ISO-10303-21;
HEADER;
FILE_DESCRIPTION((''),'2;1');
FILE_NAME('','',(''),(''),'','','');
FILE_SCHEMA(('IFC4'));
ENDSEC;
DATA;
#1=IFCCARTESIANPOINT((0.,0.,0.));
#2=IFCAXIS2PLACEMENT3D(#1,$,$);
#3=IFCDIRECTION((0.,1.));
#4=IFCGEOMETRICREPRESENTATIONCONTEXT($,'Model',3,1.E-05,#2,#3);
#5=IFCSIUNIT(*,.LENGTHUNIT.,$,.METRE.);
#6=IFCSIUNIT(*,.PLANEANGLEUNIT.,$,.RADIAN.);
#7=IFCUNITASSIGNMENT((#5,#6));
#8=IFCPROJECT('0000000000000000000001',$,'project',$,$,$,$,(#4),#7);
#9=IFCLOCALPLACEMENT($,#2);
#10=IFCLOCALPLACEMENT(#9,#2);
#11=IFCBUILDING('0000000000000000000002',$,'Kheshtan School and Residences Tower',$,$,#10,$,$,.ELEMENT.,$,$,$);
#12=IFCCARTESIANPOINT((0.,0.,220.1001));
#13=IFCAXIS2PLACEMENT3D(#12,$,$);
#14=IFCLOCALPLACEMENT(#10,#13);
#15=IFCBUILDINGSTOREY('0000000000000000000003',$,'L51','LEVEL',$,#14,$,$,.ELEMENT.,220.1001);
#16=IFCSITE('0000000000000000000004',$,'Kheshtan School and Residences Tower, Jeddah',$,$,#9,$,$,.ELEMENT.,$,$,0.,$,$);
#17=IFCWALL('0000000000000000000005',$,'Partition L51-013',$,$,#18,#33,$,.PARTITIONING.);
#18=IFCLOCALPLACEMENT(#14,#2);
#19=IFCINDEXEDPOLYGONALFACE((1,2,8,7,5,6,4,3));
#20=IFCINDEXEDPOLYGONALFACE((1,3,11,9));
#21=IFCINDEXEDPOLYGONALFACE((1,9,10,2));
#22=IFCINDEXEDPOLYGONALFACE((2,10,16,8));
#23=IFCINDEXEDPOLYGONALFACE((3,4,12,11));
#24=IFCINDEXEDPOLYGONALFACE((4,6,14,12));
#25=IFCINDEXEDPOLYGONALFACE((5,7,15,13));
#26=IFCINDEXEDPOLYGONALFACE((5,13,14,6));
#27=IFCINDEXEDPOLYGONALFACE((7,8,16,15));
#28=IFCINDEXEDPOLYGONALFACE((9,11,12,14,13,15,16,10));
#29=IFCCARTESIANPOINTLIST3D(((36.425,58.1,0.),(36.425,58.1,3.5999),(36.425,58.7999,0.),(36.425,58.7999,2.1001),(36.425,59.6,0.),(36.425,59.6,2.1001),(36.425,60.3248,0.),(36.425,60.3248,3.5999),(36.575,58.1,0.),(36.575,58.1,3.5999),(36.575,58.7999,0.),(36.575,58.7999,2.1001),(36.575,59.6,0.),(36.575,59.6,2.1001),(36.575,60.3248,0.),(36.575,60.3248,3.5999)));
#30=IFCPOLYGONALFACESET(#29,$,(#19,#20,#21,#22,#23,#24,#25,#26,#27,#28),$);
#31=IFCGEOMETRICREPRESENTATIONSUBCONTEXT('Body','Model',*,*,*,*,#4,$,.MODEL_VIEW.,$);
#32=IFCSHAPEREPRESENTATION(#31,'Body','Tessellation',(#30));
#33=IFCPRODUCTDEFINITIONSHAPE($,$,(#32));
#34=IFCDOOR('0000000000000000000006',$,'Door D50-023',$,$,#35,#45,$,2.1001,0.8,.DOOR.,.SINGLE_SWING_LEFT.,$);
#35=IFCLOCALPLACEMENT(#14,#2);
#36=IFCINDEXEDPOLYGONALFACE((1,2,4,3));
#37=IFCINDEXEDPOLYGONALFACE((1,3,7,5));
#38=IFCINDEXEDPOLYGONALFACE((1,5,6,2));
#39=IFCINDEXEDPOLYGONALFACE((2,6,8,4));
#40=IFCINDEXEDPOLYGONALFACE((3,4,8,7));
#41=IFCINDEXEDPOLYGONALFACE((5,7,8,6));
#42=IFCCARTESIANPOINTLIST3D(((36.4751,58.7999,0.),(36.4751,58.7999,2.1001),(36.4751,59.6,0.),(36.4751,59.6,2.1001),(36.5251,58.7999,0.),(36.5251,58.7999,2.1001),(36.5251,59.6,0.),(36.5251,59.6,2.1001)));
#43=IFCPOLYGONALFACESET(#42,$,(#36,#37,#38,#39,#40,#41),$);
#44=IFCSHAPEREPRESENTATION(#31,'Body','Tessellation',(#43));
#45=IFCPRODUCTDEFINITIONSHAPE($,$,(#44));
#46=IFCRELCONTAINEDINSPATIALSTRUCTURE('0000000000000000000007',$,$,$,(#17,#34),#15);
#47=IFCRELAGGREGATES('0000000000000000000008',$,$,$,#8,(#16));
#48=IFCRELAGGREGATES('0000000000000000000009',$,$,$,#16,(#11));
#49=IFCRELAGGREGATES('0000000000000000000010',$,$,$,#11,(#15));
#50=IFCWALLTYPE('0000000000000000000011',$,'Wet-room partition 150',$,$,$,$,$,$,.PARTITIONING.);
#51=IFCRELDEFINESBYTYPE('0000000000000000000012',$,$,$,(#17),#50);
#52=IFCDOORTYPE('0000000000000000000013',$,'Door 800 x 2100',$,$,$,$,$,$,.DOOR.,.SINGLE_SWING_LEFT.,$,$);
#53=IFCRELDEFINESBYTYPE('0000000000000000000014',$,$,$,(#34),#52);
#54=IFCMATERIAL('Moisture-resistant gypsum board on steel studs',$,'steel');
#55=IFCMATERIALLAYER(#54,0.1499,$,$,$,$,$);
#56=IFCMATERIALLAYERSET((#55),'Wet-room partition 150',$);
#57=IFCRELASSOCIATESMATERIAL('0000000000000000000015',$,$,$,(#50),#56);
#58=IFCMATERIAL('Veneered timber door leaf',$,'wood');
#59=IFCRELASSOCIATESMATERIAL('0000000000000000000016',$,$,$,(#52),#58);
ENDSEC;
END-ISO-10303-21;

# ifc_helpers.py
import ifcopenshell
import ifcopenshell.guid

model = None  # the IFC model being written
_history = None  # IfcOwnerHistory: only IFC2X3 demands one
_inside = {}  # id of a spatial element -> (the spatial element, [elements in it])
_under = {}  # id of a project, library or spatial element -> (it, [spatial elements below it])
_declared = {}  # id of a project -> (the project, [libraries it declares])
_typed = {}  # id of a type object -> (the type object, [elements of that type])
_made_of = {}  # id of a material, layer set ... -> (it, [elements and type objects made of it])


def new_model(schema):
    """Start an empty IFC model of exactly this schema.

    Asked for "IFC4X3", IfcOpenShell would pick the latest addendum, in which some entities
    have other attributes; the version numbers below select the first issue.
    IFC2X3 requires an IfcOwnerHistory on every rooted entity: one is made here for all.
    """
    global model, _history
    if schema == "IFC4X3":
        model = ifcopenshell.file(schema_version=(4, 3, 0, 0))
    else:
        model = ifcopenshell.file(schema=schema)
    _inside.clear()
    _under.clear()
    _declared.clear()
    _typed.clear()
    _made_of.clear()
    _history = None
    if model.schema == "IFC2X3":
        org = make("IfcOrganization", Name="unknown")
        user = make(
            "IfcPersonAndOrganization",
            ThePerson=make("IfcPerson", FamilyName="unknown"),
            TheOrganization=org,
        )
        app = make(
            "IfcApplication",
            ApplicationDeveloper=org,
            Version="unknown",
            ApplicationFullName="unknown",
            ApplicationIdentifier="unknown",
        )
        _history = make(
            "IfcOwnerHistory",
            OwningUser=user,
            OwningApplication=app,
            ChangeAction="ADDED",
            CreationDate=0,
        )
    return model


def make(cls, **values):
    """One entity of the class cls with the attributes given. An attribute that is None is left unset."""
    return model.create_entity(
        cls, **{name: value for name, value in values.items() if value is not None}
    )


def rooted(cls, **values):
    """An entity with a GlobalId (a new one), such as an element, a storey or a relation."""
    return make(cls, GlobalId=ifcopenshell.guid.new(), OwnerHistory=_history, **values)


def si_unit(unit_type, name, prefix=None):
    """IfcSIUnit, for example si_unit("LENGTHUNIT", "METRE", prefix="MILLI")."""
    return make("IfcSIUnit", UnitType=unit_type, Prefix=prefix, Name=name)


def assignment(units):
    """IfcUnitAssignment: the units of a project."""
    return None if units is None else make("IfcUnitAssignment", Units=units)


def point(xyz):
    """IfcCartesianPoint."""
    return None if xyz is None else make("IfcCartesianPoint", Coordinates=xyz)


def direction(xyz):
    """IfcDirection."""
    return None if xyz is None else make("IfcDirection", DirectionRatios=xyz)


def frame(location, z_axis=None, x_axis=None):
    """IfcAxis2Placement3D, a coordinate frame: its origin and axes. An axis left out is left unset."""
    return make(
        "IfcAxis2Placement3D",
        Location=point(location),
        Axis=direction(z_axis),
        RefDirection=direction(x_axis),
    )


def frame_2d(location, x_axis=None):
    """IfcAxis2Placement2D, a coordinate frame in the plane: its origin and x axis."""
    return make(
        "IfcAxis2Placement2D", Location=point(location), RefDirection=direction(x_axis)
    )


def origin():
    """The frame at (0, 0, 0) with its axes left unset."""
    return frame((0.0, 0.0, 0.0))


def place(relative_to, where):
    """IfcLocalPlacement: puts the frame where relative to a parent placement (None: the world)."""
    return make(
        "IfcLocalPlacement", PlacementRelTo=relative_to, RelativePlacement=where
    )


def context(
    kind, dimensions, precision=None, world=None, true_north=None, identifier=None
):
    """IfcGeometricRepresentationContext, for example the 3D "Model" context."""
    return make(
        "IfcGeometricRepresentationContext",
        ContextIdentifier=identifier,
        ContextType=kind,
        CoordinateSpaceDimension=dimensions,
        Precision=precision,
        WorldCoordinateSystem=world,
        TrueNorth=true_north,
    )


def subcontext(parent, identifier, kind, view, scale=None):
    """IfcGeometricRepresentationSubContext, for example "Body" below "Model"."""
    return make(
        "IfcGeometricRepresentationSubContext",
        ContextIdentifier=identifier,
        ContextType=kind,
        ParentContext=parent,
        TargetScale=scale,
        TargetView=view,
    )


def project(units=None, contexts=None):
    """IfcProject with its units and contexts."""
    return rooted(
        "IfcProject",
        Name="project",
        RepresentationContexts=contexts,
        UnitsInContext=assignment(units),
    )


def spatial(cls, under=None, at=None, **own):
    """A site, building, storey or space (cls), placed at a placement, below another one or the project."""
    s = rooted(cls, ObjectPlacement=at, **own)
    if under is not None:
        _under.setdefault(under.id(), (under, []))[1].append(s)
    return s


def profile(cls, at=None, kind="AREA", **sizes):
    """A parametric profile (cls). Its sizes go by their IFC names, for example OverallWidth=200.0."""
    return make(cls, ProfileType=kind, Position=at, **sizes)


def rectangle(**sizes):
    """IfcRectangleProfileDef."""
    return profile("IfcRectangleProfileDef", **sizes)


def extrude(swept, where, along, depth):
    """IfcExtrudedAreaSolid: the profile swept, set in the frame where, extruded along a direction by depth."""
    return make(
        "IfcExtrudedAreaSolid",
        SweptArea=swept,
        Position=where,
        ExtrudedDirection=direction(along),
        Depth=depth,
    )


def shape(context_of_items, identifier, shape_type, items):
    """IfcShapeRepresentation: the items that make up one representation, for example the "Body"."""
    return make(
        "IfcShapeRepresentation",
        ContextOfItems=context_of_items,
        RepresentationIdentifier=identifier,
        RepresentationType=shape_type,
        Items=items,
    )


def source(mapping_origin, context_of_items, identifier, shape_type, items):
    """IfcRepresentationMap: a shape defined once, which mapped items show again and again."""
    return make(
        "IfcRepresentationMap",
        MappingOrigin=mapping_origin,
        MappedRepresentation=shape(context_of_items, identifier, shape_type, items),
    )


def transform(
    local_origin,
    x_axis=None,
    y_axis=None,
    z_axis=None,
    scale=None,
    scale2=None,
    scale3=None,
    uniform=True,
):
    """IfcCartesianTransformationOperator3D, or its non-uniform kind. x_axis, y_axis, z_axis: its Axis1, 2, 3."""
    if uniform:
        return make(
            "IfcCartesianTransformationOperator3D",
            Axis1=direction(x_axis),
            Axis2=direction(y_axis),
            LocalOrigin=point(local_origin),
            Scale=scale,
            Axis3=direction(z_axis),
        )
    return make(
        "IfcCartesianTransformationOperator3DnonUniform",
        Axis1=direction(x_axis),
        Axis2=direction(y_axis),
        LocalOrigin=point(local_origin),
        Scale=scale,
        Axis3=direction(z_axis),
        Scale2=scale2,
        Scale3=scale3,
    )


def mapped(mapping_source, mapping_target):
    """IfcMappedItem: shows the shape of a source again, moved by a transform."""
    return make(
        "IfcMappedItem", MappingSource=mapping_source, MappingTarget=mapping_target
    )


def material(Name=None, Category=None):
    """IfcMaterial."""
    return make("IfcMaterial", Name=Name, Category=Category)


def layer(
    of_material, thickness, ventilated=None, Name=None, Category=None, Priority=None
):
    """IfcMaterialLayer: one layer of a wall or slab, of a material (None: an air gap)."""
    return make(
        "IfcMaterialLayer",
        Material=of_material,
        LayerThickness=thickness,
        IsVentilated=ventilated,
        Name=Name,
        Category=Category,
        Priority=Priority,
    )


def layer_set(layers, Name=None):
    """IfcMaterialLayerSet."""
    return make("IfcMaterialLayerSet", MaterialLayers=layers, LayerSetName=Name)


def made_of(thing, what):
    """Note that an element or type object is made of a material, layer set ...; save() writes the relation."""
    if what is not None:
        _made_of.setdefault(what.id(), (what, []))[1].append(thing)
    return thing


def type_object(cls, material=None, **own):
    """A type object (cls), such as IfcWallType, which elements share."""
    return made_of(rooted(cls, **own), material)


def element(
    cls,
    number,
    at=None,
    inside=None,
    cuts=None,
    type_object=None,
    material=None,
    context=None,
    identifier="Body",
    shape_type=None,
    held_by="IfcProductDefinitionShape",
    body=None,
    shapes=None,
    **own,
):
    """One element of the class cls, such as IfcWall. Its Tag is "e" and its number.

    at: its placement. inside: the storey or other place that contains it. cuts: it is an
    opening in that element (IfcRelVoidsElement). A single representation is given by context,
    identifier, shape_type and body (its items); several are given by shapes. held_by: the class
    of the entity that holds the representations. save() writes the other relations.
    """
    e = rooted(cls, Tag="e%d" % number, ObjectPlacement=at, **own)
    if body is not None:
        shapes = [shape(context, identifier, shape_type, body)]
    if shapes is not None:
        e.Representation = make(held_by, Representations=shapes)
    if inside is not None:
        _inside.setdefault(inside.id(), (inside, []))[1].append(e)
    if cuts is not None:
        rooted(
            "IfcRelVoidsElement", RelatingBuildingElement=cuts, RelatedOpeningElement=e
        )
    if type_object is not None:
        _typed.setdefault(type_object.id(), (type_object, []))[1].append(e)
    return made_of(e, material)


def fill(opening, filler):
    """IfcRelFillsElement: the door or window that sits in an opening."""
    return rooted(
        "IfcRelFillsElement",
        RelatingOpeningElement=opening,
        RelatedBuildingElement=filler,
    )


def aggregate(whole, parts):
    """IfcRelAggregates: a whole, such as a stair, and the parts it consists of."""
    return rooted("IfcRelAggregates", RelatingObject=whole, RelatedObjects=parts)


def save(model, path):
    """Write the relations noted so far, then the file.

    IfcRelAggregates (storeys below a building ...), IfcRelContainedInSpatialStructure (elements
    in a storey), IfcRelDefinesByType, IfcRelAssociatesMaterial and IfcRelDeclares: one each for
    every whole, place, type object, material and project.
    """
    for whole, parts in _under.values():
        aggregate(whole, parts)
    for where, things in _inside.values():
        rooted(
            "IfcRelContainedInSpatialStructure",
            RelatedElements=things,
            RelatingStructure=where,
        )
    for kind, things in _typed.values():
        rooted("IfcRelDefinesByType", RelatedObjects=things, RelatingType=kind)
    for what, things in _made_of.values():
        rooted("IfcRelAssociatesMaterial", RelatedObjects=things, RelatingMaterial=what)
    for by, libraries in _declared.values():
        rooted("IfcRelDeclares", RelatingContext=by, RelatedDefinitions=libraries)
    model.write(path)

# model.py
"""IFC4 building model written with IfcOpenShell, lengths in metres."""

from ifc_helpers import new_model, si_unit, direction, frame, frame_2d, origin, place, context, subcontext, project, spatial, rectangle, extrude, source, transform, mapped, material, layer, layer_set, type_object, element, fill, save


model = new_model("IFC4")

# Units and contexts
model_context = context("Model", 3, precision=1e-05, world=origin(), true_north=direction((0.0, 1.0)))
body_context = subcontext(model_context, "Body", "Model", "MODEL_VIEW")
ifc_project = project(units=[si_unit("LENGTHUNIT", "METRE"), si_unit("PLANEANGLEUNIT", "RADIAN")], contexts=[model_context])

# Site, building, storey
site_placement = place(None, origin())
site = spatial("IfcSite", under=ifc_project, at=site_placement, Name="Kheshtan School and Residences Tower, Jeddah", CompositionType="ELEMENT", RefElevation=0.0)
building_placement = place(site_placement, origin())
building = spatial("IfcBuilding", under=site, at=building_placement, Name="Kheshtan School and Residences Tower", CompositionType="ELEMENT")
storey_placement = place(building_placement, frame((0.0, 0.0, 220.1001)))
storey = spatial("IfcBuildingStorey", under=building, at=storey_placement, Name="L51", Description="LEVEL", CompositionType="ELEMENT", Elevation=220.1001)

# Shared definitions
ifc_material_1 = material(Name="Veneered timber door leaf", Category="wood")

# Shared definitions
ifc_material_2 = material(Name="Moisture-resistant gypsum board on steel studs", Category="steel")
ifc_layer_1 = layer(ifc_material_2, 0.1499)
ifc_layer_set_1 = layer_set([ifc_layer_1], Name="Wet-room partition 150")
wall_type_1 = type_object("IfcWallType", Name="Wet-room partition 150", PredefinedType="PARTITIONING", material=ifc_layer_set_1)

# Wall, opening, door
wall_1_placement = place(storey_placement, frame((36.5, 58.1001, 0.0), z_axis=(0.0, 0.0, 1.0), x_axis=(0.0, 1.0, 0.0)))
wall_1 = element("IfcWall", 1, at=wall_1_placement, inside=storey, type_object=wall_type_1, Name="Partition L51-013", PredefinedType="PARTITIONING", context=body_context, shape_type="SweptSolid", body=[
    extrude(rectangle(XDim=2.2249, YDim=0.1499, at=frame_2d((1.1123, 0.0))), origin(), (0.0, 0.0, 1.0), 3.5999),
])
opening_1_placement = place(wall_1_placement, frame((0.7, 0.0, 0.0)))
opening_1 = element("IfcOpeningElement", 2, at=opening_1_placement, cuts=wall_1, PredefinedType="OPENING", context=body_context, shape_type="SweptSolid", body=[
    extrude(rectangle(XDim=0.8, YDim=2.1001, at=frame_2d((0.3999, 1.05))), frame((0.0, 0.085, 0.0), z_axis=(0.0, -1.0, 0.0), x_axis=(1.0, 0.0, 0.0)), (0.0, 0.0, 1.0), 0.1699),
])
door_type_1 = type_object("IfcDoorType", Name="Door 800 x 2100", OperationType="SINGLE_SWING_LEFT", PredefinedType="DOOR", material=ifc_material_1)
shared_shape_1 = source(origin(), body_context, "Body", "SweptSolid", [
    extrude(rectangle(XDim=0.8, YDim=2.1001, at=frame_2d((0.3999, 1.05))), frame((0.0, 0.0249, 0.0), z_axis=(0.0, -1.0, 0.0), x_axis=(1.0, 0.0, 0.0)), (0.0, 0.0, 1.0), 0.05),
])
door_1_placement = place(opening_1_placement, origin())
door_1 = element("IfcDoor", 3, at=door_1_placement, inside=storey, type_object=door_type_1, Name="Door D50-023", OperationType="SINGLE_SWING_LEFT", OverallHeight=2.1001, OverallWidth=0.8, PredefinedType="DOOR", context=body_context, shape_type="MappedRepresentation", body=[
    mapped(shared_shape_1, transform((0.0, 0.0, 0.0), x_axis=(1.0, 0.0, 0.0), y_axis=(0.0, 1.0, 0.0), z_axis=(0.0, 0.0, 1.0), scale=1.0)),
])
fill(opening_1, door_1)

save(model, "model.ifc")
